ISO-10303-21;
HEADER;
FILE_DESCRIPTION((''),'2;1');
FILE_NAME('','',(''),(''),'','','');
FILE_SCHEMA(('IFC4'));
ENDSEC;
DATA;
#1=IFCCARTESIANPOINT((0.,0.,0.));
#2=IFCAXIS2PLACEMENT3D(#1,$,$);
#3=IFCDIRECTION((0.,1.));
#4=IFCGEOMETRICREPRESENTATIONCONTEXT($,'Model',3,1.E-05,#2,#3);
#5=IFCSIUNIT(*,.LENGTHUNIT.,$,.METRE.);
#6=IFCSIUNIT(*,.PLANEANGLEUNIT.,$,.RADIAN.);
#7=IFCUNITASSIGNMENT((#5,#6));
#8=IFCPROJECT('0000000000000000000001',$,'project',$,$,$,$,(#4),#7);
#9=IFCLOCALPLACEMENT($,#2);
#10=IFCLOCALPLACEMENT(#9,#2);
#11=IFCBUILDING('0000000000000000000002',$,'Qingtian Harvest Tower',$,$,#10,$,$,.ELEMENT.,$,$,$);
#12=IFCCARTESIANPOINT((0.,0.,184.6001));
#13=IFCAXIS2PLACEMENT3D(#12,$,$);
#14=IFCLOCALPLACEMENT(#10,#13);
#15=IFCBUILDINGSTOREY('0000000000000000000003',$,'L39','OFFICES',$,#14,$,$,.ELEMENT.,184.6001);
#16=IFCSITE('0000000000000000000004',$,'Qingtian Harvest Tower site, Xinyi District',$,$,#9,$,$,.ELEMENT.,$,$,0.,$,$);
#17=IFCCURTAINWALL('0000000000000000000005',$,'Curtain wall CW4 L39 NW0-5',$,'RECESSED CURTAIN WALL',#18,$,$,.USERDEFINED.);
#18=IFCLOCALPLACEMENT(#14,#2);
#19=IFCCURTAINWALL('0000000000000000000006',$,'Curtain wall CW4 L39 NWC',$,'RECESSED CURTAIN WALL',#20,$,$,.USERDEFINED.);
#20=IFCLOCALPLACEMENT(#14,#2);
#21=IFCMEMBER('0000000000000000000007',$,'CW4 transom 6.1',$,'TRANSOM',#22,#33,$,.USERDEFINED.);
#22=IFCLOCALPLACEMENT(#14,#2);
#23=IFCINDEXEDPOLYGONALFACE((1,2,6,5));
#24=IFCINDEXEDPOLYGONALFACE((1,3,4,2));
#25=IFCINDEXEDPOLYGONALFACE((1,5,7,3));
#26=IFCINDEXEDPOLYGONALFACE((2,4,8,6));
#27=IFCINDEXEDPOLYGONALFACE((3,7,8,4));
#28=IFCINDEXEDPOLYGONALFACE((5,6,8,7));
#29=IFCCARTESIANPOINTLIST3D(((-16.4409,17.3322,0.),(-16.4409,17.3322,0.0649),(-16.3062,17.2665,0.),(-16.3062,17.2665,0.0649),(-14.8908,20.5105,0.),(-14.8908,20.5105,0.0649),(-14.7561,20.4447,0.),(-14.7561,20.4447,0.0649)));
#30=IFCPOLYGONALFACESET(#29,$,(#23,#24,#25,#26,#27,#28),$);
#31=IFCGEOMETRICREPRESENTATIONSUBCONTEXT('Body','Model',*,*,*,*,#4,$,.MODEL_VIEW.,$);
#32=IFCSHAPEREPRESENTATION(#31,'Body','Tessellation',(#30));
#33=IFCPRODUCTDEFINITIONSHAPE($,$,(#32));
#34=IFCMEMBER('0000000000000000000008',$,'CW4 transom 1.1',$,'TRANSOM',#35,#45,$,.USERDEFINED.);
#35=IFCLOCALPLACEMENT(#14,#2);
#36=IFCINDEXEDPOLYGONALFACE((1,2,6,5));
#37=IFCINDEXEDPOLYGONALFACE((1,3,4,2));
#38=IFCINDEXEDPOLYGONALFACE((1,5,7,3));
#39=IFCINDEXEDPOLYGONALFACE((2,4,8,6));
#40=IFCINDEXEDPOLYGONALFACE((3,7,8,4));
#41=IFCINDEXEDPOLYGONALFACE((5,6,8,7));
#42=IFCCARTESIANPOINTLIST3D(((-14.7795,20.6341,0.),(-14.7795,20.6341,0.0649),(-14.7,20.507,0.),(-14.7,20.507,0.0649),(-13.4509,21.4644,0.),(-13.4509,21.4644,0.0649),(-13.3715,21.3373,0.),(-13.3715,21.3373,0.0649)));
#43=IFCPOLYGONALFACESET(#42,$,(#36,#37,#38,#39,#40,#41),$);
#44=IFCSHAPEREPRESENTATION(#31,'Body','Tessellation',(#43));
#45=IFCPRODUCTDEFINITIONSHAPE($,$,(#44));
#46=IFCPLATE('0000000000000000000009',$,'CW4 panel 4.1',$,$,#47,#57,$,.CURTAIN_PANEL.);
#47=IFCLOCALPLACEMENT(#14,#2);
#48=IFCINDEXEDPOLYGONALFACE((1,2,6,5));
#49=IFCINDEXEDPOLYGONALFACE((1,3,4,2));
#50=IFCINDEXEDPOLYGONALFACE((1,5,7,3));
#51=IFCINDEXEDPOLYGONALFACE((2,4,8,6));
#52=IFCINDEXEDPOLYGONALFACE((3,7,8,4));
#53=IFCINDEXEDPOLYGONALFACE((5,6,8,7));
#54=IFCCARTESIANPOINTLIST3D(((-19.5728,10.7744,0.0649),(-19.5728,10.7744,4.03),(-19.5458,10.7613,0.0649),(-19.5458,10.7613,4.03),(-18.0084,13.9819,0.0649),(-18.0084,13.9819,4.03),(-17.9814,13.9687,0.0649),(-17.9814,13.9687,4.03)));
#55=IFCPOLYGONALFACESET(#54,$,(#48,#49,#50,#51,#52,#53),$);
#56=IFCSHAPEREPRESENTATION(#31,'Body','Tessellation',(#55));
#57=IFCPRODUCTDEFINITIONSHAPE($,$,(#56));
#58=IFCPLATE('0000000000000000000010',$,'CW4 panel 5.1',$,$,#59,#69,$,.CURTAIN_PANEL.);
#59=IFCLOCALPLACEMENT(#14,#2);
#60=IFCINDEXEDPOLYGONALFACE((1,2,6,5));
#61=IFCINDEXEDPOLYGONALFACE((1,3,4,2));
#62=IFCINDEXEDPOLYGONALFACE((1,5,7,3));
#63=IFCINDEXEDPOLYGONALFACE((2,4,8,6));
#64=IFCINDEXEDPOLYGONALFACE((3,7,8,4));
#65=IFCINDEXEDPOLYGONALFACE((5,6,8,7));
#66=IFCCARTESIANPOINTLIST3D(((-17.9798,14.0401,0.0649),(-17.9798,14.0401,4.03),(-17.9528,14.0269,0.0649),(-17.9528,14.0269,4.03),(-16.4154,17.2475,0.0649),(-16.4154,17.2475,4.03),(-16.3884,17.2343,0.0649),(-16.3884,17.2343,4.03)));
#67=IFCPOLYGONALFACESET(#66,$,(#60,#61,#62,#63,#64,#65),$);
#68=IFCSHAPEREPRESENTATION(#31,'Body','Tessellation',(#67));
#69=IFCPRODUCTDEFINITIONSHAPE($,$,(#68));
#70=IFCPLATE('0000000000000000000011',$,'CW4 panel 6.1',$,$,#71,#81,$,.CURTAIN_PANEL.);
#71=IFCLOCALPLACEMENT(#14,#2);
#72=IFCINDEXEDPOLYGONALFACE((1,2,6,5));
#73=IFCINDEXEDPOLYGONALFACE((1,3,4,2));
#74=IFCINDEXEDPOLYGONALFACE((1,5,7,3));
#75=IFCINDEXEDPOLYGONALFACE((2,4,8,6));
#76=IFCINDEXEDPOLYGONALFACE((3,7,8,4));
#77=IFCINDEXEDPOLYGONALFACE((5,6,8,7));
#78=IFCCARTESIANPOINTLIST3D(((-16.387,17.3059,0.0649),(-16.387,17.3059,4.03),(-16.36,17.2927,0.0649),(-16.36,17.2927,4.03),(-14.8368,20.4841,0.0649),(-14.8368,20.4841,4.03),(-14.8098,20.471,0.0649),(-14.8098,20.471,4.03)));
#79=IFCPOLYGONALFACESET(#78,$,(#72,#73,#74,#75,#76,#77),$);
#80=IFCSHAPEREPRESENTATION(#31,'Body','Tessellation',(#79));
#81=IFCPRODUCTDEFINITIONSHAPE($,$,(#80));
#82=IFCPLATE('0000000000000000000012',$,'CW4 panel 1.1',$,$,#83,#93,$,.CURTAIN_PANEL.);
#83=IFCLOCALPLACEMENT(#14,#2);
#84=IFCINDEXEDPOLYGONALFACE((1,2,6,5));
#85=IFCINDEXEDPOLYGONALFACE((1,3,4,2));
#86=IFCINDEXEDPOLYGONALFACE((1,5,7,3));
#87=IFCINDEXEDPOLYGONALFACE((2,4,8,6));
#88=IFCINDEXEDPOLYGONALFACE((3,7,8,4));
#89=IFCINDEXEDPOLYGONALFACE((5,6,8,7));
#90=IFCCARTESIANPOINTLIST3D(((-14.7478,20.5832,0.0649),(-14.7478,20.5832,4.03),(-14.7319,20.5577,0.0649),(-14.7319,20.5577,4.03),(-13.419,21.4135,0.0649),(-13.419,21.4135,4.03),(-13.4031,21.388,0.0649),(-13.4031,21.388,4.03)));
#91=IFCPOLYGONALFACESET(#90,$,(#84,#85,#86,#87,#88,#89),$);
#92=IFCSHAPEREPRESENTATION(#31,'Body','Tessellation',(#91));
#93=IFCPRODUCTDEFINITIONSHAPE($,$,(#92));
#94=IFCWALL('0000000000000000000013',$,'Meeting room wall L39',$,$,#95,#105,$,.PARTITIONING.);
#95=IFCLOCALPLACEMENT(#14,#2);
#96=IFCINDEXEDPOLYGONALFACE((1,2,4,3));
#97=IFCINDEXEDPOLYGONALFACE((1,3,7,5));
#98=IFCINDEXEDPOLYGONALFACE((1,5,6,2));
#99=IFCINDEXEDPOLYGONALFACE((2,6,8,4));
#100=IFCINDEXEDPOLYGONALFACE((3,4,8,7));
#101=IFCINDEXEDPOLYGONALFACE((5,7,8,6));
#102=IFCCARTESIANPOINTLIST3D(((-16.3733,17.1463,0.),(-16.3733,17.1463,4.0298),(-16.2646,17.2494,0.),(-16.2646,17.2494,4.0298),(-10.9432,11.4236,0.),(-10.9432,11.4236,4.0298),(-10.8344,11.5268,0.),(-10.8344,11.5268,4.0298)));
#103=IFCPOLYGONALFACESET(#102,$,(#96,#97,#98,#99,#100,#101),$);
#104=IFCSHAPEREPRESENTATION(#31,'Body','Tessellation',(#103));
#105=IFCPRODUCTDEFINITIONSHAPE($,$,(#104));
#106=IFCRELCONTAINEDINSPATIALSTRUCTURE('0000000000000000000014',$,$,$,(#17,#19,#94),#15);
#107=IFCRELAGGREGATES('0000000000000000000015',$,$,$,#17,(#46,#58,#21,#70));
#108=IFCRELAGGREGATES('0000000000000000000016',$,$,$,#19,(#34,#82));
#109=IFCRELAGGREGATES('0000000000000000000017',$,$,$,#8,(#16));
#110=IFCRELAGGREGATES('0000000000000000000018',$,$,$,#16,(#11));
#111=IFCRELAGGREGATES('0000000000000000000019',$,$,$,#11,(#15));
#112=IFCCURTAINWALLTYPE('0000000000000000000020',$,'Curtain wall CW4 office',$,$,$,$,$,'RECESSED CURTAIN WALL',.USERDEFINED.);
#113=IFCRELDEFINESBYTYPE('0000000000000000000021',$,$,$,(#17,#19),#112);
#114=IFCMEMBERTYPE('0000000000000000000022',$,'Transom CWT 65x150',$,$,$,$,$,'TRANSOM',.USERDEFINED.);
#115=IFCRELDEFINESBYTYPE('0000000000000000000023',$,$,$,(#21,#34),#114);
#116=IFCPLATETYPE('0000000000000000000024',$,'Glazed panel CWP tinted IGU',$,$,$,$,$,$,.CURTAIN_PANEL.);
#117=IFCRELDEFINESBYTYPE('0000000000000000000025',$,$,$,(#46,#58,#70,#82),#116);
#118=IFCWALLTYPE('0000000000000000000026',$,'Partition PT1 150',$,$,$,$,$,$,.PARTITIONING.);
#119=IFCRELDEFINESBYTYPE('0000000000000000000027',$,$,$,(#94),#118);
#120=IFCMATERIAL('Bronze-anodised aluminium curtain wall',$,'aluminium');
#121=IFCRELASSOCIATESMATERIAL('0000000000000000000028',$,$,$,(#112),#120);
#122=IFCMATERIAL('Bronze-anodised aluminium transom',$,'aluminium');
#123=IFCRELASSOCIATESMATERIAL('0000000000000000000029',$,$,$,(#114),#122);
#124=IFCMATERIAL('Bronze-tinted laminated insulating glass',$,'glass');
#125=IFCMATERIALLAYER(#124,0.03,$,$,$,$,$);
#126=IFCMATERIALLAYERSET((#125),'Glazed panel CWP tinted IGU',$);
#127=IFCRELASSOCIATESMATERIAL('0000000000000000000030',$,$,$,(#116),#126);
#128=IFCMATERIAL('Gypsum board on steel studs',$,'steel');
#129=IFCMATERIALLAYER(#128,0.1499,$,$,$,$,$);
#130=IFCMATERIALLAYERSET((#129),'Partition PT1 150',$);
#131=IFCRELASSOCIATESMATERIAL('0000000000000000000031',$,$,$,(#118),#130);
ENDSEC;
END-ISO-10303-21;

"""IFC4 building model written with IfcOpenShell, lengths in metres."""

from ifc_helpers import new_model, si_unit, direction, frame, frame_2d, origin, origin_2d, place, context, subcontext, project, spatial, rectangle, extrude, material, layer, layer_set, material_profile, profile_set, type_object, element, aggregate, save


model = new_model("IFC4")

# Units and contexts
model_context = context("Model", 3, precision=1e-05, world=origin(), true_north=direction((0.0, 1.0)))
body_context = subcontext(model_context, "Body", "Model", "MODEL_VIEW")
ifc_project = project(units=[si_unit("LENGTHUNIT", "METRE"), si_unit("PLANEANGLEUNIT", "RADIAN")], contexts=[model_context])

# Site, building, storey
site_placement = place(None, origin())
site = spatial("IfcSite", under=ifc_project, at=site_placement, Name="Qingtian Harvest Tower site, Xinyi District", CompositionType="ELEMENT", RefElevation=0.0)
building_placement = place(site_placement, origin())
building = spatial("IfcBuilding", under=site, at=building_placement, Name="Qingtian Harvest Tower", CompositionType="ELEMENT")
storey_placement = place(building_placement, frame((0.0, 0.0, 184.6001)))
storey = spatial("IfcBuildingStorey", under=building, at=storey_placement, Name="L39", Description="OFFICES", CompositionType="ELEMENT", Elevation=184.6001)

# Curtain walls
ifc_material_1 = material(Name="Bronze-anodised aluminium curtain wall", Category="aluminium")
curtain_wall_type = type_object("IfcCurtainWallType", Name="Curtain wall CW4 office", ElementType="RECESSED CURTAIN WALL", PredefinedType="USERDEFINED", material=ifc_material_1)
curtain_wall_1_placement = place(storey_placement, origin())
curtain_wall_1 = element("IfcCurtainWall", 1, at=curtain_wall_1_placement, inside=storey, type_object=curtain_wall_type, Name="Curtain wall CW4 L39 NW0-5", ObjectType="RECESSED CURTAIN WALL", PredefinedType="USERDEFINED")
curtain_wall_2_placement = place(storey_placement, origin())
curtain_wall_2 = element("IfcCurtainWall", 2, at=curtain_wall_2_placement, inside=storey, type_object=curtain_wall_type, Name="Curtain wall CW4 L39 NWC", ObjectType="RECESSED CURTAIN WALL", PredefinedType="USERDEFINED")

# Members
ifc_material_2 = material(Name="Bronze-anodised aluminium transom", Category="aluminium")
ifc_material_profile_1 = material_profile(ifc_material_2, rectangle(XDim=0.1499, YDim=0.0649, at=origin_2d()), Name="AL 65x150")
ifc_profile_set_1 = profile_set([ifc_material_profile_1], Name="Bronze-anodised aluminium transom")
member_type_1 = type_object("IfcMemberType", Name="Transom CWT 65x150", ElementType="TRANSOM", PredefinedType="USERDEFINED", material=ifc_profile_set_1)
member_1_placement = place(storey_placement, frame((-16.3735, 17.2993, 0.0325), z_axis=(0.438354, 0.898802, 0.0), x_axis=(-0.898802, 0.438354, 0.0)))
member_1 = element("IfcMember", 3, at=member_1_placement, type_object=member_type_1, Name="CW4 transom 6.1", ObjectType="TRANSOM", PredefinedType="USERDEFINED", context=body_context, shape_type="SweptSolid", body=[
    extrude(rectangle(XDim=0.1499, YDim=0.0649, at=origin_2d()), origin(), (0.0, 0.0, 1.0), 3.5361),
])
member_2_placement = place(storey_placement, frame((-14.7397, 20.5706, 0.0325), z_axis=(0.848016, 0.529971, 0.0), x_axis=(-0.529971, 0.848016, 0.0)))
member_2 = element("IfcMember", 4, at=member_2_placement, type_object=member_type_1, Name="CW4 transom 1.1", ObjectType="TRANSOM", PredefinedType="USERDEFINED", context=body_context, shape_type="SweptSolid", body=[
    extrude(rectangle(XDim=0.1499, YDim=0.0649, at=origin_2d()), origin(), (0.0, 0.0, 1.0), 1.5667),
])

# Plates
ifc_material_3 = material(Name="Bronze-tinted laminated insulating glass", Category="glass")
ifc_layer_1 = layer(ifc_material_3, 0.03)
ifc_layer_set_1 = layer_set([ifc_layer_1], Name="Glazed panel CWP tinted IGU")
plate_type = type_object("IfcPlateType", Name="Glazed panel CWP tinted IGU", PredefinedType="CURTAIN_PANEL", material=ifc_layer_set_1)
plate_1_placement = place(storey_placement, frame((-18.7771, 12.3716, 0.0649), z_axis=(0.0, 0.0, 1.0), x_axis=(0.438371, 0.898794, 0.0)))
plate_1 = element("IfcPlate", 5, at=plate_1_placement, type_object=plate_type, Name="CW4 panel 4.1", PredefinedType="CURTAIN_PANEL", context=body_context, shape_type="SweptSolid", body=[
    extrude(rectangle(XDim=3.5686, YDim=0.03, at=origin_2d()), origin(), (0.0, 0.0, 1.0), 3.9651),
])
plate_2_placement = place(storey_placement, frame((-17.1841, 15.6372, 0.0649), z_axis=(0.0, 0.0, 1.0), x_axis=(0.438371, 0.898794, 0.0)))
plate_2 = element("IfcPlate", 6, at=plate_2_placement, type_object=plate_type, Name="CW4 panel 5.1", PredefinedType="CURTAIN_PANEL", context=body_context, shape_type="SweptSolid", body=[
    extrude(rectangle(XDim=3.5686, YDim=0.03, at=origin_2d()), origin(), (0.0, 0.0, 1.0), 3.9651),
])
plate_3_placement = place(storey_placement, frame((-15.5984, 18.8884, 0.0649), z_axis=(0.0, 0.0, 1.0), x_axis=(0.438371, 0.898794, 0.0)))
plate_3 = element("IfcPlate", 7, at=plate_3_placement, type_object=plate_type, Name="CW4 panel 6.1", PredefinedType="CURTAIN_PANEL", context=body_context, shape_type="SweptSolid", body=[
    extrude(rectangle(XDim=3.5361, YDim=0.03, at=origin_2d()), origin(), (0.0, 0.0, 1.0), 3.9651),
])
aggregate(curtain_wall_1, [plate_1, plate_2, member_1, plate_3])
plate_4_placement = place(storey_placement, frame((-14.0754, 20.9856, 0.0649), z_axis=(0.0, 0.0, 1.0), x_axis=(0.848048, 0.529919, 0.0)))
plate_4 = element("IfcPlate", 8, at=plate_4_placement, type_object=plate_type, Name="CW4 panel 1.1", PredefinedType="CURTAIN_PANEL", context=body_context, shape_type="SweptSolid", body=[
    extrude(rectangle(XDim=1.5669, YDim=0.03, at=origin_2d()), origin(), (0.0, 0.0, 1.0), 3.9651),
])
aggregate(curtain_wall_2, [member_2, plate_4])

# Wall
ifc_material_4 = material(Name="Gypsum board on steel studs", Category="steel")
ifc_layer_2 = layer(ifc_material_4, 0.1499)
ifc_layer_set_2 = layer_set([ifc_layer_2], Name="Partition PT1 150")
wall_type = type_object("IfcWallType", Name="Partition PT1 150", PredefinedType="PARTITIONING", material=ifc_layer_set_2)
wall_placement = place(storey_placement, frame((-16.3188, 17.1978, 0.0), z_axis=(0.0, 0.0, 1.0), x_axis=(0.688326, -0.725401, 0.0)))
element("IfcWall", 9, at=wall_placement, inside=storey, type_object=wall_type, Name="Meeting room wall L39", PredefinedType="PARTITIONING", context=body_context, shape_type="SweptSolid", body=[
    extrude(rectangle(XDim=7.8889, YDim=0.1499, at=frame_2d((3.9443, 0.0))), origin(), (0.0, 0.0, 1.0), 4.0298),
])

save(model, "model.ifc")
